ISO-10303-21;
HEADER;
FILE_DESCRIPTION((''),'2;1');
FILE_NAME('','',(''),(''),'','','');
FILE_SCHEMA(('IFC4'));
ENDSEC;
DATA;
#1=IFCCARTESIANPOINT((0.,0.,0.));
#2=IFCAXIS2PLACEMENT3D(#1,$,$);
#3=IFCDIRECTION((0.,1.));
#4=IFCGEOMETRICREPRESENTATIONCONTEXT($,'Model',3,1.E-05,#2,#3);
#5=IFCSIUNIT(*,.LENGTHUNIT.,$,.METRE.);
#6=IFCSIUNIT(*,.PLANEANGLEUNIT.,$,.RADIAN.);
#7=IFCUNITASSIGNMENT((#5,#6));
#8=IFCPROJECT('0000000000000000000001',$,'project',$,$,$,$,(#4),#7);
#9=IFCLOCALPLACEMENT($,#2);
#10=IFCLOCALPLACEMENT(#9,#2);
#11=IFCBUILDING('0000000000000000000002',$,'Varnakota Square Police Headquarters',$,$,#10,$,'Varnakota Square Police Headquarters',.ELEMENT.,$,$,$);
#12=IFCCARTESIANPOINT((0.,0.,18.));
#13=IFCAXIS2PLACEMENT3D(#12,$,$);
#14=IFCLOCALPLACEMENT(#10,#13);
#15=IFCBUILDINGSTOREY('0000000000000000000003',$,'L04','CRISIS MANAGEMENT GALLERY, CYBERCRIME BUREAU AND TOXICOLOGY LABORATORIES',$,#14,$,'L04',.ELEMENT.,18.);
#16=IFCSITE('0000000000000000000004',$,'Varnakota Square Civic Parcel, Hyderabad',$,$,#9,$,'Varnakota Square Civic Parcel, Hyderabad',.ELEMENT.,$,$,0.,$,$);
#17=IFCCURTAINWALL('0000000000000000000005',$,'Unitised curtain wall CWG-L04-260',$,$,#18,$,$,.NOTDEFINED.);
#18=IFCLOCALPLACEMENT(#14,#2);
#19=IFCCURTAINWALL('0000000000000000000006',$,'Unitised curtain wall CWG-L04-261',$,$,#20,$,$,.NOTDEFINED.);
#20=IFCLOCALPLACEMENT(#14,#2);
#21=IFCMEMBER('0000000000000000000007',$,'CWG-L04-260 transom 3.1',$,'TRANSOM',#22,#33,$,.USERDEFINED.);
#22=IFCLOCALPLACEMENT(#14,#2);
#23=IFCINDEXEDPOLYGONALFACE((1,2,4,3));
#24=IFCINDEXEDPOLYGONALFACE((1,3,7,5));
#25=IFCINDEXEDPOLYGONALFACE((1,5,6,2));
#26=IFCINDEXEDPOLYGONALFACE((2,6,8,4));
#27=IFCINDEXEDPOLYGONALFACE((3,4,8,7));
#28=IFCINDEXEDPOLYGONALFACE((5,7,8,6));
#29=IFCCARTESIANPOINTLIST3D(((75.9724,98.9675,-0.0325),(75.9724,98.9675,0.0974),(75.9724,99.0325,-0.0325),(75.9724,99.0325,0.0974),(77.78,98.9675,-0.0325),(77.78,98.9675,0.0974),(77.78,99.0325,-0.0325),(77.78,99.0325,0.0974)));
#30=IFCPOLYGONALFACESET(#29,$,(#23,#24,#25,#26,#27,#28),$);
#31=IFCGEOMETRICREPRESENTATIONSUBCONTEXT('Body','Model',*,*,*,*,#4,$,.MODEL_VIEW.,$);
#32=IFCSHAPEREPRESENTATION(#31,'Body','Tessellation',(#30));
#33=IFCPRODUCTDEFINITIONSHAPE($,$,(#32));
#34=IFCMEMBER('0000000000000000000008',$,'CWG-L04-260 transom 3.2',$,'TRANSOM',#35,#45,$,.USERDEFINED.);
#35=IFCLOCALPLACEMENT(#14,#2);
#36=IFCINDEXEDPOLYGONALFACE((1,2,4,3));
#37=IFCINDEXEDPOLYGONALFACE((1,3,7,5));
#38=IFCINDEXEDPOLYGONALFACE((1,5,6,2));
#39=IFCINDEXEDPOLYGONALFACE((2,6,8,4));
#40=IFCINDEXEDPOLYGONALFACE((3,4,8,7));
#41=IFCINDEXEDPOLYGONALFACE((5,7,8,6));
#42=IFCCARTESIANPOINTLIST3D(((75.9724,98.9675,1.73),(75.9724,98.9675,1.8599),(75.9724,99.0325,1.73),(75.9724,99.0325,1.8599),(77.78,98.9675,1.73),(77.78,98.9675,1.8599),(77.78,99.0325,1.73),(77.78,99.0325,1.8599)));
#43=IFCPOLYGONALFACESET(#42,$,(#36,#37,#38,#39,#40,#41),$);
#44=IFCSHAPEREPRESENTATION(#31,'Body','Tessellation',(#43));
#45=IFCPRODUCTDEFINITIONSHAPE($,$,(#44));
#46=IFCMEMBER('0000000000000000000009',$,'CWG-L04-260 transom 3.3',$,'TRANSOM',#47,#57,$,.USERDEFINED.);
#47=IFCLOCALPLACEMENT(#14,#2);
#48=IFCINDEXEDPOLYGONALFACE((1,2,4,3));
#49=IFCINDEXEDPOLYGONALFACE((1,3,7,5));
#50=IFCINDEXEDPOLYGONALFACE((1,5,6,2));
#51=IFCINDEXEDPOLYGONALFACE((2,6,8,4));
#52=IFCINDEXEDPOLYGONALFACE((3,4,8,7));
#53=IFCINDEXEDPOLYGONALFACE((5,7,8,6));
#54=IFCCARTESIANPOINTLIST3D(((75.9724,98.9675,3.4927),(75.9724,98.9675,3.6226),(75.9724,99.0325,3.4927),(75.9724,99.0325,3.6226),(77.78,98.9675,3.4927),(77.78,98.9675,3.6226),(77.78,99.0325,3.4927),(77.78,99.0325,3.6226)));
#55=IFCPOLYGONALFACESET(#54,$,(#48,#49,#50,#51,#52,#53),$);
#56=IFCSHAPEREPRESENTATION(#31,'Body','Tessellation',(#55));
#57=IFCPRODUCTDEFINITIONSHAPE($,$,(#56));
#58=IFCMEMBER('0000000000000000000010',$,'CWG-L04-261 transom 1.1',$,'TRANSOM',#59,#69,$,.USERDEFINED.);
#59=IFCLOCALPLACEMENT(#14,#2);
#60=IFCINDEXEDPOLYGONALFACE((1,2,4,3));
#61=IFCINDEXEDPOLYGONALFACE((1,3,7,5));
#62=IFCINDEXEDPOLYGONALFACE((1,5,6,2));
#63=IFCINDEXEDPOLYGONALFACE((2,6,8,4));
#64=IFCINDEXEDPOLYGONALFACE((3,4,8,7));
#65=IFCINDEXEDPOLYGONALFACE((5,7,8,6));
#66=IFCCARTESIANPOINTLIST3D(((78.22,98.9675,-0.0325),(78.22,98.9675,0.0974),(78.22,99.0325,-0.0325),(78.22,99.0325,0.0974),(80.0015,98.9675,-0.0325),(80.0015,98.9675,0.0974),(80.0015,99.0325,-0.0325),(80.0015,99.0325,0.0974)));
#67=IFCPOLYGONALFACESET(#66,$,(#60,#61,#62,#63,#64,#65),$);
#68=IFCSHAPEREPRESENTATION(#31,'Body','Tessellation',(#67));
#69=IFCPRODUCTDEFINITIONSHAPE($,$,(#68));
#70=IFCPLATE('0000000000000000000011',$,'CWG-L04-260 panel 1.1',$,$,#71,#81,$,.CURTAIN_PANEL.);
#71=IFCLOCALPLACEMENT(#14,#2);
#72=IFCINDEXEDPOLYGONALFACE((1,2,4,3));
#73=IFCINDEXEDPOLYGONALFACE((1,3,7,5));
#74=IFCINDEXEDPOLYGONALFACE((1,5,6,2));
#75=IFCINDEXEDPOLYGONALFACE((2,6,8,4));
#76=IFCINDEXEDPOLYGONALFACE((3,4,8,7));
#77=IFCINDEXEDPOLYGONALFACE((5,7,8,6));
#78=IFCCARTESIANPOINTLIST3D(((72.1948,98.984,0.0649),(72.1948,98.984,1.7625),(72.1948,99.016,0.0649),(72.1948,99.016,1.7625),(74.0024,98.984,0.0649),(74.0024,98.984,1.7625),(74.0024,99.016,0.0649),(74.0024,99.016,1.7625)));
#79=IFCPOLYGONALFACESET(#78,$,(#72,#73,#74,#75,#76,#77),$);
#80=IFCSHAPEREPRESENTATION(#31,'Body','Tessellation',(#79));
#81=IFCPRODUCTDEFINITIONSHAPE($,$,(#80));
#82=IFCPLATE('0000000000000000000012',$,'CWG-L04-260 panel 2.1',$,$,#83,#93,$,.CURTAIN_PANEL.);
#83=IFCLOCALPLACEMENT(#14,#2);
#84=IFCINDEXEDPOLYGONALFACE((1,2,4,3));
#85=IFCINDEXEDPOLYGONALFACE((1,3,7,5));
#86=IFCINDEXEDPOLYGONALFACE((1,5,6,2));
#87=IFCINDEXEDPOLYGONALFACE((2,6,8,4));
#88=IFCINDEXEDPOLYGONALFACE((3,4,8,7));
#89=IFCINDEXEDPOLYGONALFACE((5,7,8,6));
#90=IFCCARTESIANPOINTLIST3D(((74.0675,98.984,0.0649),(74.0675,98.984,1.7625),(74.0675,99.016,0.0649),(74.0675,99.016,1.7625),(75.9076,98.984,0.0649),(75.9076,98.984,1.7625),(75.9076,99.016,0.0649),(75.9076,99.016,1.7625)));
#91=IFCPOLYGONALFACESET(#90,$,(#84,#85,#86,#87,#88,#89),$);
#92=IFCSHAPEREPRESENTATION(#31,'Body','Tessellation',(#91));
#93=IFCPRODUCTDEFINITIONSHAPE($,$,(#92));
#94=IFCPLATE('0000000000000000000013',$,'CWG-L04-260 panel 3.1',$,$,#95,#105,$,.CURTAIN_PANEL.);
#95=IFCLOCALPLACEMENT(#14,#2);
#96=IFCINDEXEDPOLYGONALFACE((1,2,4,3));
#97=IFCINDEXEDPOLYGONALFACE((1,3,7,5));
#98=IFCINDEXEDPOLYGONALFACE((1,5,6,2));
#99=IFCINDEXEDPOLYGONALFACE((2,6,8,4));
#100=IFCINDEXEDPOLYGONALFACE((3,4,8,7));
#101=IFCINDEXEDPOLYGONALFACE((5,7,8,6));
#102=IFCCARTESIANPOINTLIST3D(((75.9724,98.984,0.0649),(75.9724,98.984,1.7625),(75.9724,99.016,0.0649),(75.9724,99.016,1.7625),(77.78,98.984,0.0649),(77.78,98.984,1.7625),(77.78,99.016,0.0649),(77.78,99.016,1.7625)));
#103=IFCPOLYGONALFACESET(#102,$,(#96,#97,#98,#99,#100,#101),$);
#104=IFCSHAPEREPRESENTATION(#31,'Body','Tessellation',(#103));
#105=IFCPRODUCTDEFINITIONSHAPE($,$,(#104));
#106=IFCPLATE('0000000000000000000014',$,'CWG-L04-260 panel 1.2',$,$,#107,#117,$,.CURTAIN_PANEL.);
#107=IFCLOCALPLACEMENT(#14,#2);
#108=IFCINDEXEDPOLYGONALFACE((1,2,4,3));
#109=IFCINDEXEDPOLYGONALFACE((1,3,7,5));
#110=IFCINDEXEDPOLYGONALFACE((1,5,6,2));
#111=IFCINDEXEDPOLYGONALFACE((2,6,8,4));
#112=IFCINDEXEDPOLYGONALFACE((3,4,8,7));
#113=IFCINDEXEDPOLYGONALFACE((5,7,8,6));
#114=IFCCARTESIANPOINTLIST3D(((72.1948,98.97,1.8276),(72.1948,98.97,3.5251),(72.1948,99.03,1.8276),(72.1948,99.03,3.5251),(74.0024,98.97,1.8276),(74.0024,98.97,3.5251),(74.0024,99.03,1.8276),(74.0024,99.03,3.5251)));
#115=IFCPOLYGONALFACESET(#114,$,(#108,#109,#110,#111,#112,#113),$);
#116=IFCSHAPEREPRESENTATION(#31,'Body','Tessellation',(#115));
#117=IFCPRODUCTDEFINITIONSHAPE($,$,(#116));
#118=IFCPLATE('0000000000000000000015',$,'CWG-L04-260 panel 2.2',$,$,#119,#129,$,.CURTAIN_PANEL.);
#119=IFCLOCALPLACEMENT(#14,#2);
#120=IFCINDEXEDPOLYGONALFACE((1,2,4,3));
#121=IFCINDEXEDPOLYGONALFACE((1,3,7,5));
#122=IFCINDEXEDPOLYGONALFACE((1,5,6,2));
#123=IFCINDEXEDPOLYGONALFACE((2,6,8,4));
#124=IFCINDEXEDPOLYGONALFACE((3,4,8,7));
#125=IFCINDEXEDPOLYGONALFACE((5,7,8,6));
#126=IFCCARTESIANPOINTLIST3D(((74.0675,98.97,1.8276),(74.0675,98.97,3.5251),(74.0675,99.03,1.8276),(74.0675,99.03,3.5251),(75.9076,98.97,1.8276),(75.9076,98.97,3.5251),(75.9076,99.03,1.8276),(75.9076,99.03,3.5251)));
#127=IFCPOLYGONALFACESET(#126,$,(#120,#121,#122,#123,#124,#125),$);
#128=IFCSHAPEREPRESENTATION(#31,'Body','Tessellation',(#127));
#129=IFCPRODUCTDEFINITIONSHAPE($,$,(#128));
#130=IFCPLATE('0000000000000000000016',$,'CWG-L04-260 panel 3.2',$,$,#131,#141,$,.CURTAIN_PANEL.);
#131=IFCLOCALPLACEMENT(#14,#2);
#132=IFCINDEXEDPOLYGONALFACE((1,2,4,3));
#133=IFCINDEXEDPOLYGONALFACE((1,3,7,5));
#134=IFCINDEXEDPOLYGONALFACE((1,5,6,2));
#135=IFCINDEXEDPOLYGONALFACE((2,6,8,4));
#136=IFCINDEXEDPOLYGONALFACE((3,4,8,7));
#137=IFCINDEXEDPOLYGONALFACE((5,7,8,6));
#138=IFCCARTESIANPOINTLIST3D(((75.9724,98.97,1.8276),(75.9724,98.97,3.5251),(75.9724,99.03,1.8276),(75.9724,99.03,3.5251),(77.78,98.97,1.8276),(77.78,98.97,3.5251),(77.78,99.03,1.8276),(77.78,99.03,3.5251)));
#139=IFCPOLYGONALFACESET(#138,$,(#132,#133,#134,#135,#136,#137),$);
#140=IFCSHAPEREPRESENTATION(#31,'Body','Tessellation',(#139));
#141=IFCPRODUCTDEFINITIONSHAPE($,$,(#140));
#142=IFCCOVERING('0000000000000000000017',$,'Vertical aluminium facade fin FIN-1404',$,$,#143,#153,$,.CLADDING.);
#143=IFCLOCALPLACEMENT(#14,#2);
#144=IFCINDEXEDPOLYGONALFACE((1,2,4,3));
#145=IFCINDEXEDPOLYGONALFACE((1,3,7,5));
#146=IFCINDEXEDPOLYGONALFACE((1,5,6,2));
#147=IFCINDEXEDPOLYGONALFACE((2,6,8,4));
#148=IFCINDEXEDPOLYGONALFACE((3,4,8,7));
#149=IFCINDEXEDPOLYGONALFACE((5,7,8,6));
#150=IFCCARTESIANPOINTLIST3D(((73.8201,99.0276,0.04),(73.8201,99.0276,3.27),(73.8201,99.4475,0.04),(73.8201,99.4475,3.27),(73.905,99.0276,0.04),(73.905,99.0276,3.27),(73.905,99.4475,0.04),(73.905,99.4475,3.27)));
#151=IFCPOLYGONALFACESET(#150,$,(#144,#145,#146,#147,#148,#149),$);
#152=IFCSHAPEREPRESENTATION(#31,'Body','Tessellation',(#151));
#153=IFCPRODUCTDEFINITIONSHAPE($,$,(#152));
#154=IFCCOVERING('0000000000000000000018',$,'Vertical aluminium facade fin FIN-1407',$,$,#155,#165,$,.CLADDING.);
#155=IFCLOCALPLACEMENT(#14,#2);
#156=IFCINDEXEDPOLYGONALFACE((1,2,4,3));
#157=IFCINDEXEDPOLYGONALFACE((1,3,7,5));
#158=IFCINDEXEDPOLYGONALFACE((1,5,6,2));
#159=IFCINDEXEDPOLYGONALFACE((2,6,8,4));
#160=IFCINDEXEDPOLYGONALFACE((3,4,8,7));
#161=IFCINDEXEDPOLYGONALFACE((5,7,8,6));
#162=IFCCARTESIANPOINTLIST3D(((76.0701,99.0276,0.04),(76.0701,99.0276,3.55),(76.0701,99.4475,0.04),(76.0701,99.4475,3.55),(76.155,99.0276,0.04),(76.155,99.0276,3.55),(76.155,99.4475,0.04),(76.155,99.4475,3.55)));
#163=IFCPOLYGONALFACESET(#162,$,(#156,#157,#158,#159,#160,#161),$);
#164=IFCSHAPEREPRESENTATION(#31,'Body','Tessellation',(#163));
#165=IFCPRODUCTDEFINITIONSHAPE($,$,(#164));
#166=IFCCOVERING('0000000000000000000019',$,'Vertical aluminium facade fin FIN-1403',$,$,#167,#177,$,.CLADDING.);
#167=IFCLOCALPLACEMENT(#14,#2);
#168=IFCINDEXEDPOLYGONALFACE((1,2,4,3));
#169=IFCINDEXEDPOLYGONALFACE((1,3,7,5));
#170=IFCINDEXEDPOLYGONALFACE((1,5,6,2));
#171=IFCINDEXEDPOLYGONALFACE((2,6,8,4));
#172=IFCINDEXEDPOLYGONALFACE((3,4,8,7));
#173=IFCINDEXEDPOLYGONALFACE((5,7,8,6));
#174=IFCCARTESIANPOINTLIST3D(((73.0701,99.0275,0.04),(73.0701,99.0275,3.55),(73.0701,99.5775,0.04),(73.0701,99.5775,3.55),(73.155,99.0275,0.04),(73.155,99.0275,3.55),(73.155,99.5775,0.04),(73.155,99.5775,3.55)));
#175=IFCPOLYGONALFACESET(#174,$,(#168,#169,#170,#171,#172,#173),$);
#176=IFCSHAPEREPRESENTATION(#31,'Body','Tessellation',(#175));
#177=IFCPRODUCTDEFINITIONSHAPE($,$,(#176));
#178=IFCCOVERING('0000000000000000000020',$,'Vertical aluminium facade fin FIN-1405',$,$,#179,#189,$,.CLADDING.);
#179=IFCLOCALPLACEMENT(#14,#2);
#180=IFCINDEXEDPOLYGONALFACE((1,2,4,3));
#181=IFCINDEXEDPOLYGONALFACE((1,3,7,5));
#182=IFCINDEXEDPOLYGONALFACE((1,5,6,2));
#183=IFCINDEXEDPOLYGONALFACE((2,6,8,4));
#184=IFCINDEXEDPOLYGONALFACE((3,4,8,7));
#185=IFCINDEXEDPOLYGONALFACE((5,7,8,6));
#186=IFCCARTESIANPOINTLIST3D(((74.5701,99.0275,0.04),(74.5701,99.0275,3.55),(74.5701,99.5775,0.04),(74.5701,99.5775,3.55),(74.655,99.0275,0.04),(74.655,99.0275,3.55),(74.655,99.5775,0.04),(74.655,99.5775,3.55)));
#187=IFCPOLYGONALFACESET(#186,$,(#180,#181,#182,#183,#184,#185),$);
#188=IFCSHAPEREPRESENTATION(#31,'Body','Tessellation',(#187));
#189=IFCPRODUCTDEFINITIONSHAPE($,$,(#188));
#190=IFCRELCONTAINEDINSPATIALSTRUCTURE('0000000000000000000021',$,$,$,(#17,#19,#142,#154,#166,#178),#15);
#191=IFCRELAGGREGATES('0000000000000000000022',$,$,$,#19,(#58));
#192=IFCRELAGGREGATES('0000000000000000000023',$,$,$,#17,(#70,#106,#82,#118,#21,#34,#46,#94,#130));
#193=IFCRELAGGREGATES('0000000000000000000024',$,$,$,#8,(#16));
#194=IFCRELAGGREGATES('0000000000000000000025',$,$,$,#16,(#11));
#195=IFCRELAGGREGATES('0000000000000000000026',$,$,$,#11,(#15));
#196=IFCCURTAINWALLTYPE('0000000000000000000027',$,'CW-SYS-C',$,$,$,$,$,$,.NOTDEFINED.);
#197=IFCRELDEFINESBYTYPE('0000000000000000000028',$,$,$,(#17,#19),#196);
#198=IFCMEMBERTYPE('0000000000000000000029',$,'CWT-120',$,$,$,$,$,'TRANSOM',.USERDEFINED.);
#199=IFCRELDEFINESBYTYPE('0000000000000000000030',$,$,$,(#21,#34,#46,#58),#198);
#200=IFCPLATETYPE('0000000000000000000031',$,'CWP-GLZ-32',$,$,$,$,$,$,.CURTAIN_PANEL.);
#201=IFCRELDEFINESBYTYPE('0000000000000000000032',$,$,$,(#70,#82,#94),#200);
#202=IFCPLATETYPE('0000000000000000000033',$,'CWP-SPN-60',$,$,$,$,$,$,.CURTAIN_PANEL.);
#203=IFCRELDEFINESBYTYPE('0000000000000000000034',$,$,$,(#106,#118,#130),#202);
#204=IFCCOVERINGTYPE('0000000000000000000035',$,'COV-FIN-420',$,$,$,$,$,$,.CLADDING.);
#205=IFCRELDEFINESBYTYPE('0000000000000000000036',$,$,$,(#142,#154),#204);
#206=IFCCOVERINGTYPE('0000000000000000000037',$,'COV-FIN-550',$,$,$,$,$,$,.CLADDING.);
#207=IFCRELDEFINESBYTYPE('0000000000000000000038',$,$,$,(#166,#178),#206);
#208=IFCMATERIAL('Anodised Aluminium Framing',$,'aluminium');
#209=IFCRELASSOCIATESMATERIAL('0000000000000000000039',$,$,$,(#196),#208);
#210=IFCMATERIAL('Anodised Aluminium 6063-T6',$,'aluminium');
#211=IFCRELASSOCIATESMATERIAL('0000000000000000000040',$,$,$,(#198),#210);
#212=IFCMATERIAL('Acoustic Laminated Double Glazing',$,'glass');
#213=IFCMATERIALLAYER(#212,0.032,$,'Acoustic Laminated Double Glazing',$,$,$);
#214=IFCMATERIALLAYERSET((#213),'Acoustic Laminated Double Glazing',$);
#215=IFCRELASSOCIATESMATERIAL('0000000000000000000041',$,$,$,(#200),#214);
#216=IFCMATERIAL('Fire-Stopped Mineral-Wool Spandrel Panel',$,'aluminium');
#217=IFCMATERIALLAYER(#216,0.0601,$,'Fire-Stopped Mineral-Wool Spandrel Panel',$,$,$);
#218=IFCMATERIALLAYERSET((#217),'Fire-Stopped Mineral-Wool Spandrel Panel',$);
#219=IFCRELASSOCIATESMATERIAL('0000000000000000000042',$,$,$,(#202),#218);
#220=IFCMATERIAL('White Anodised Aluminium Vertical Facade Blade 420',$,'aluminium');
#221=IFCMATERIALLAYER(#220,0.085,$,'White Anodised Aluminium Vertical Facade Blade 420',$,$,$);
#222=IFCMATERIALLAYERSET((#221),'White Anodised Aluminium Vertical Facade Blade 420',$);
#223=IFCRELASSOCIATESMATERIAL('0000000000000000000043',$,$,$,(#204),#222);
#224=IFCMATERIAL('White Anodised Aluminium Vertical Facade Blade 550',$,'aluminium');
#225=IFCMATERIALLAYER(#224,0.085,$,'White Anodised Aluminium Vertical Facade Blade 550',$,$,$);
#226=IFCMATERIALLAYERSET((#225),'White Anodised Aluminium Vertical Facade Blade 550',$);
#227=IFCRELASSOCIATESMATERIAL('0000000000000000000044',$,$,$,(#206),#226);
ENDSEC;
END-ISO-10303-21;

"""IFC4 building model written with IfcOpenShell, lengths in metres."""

from ifc_helpers import new_model, si_unit, direction, frame, origin, origin_2d, place, context, subcontext, project, spatial, rectangle, extrude, material, layer, layer_set, material_profile, profile_set, type_object, element, aggregate, save


model = new_model("IFC4")

# Units and contexts
model_context = context("Model", 3, precision=1e-05, world=origin(), true_north=direction((0.0, 1.0)))
body_context = subcontext(model_context, "Body", "Model", "MODEL_VIEW")
ifc_project = project(units=[si_unit("LENGTHUNIT", "METRE"), si_unit("PLANEANGLEUNIT", "RADIAN")], contexts=[model_context])

# Site, building, storey
site_placement = place(None, origin())
site = spatial("IfcSite", under=ifc_project, at=site_placement, Name="Varnakota Square Civic Parcel, Hyderabad", LongName="Varnakota Square Civic Parcel, Hyderabad", CompositionType="ELEMENT", RefElevation=0.0)
building_placement = place(site_placement, origin())
building = spatial("IfcBuilding", under=site, at=building_placement, Name="Varnakota Square Police Headquarters", LongName="Varnakota Square Police Headquarters", CompositionType="ELEMENT")
storey_placement = place(building_placement, frame((0.0, 0.0, 18.0)))
storey = spatial("IfcBuildingStorey", under=building, at=storey_placement, Name="L04", Description="CRISIS MANAGEMENT GALLERY, CYBERCRIME BUREAU AND TOXICOLOGY LABORATORIES", LongName="L04", CompositionType="ELEMENT", Elevation=18.0)

# Curtain wall
ifc_material_1 = material(Name="Anodised Aluminium Framing", Category="aluminium")
curtain_wall_type = type_object("IfcCurtainWallType", Name="CW-SYS-C", PredefinedType="NOTDEFINED", material=ifc_material_1)
curtain_wall_1_placement = place(storey_placement, origin())
curtain_wall_1 = element("IfcCurtainWall", 1, at=curtain_wall_1_placement, inside=storey, type_object=curtain_wall_type, Name="Unitised curtain wall CWG-L04-260", PredefinedType="NOTDEFINED")
ifc_material_2 = material(Name="Anodised Aluminium 6063-T6", Category="aluminium")

# Curtain wall
curtain_wall_2_placement = place(storey_placement, origin())
curtain_wall_2 = element("IfcCurtainWall", 2, at=curtain_wall_2_placement, inside=storey, type_object=curtain_wall_type, Name="Unitised curtain wall CWG-L04-261", PredefinedType="NOTDEFINED")

# Members
ifc_material_profile_1 = material_profile(ifc_material_2, rectangle(XDim=0.0649, YDim=0.1299, at=origin_2d()), Name="ALU TRANSOM 65x130")
ifc_profile_set_1 = profile_set([ifc_material_profile_1], Name="Anodised Aluminium 6063-T6")
member_type_1 = type_object("IfcMemberType", Name="CWT-120", ElementType="TRANSOM", PredefinedType="USERDEFINED", material=ifc_profile_set_1)
member_1_placement = place(storey_placement, frame((75.9724, 99.0, 0.0325), z_axis=(1.0, 0.0, 0.0), x_axis=(0.0, 1.0, 0.0)))
member_1 = element("IfcMember", 3, at=member_1_placement, type_object=member_type_1, Name="CWG-L04-260 transom 3.1", ObjectType="TRANSOM", PredefinedType="USERDEFINED", context=body_context, shape_type="SweptSolid", body=[
    extrude(rectangle(XDim=0.0649, YDim=0.1299, at=origin_2d()), origin(), (0.0, 0.0, 1.0), 1.8076),
])
member_2_placement = place(storey_placement, frame((75.9724, 99.0, 1.7949), z_axis=(1.0, 0.0, 0.0), x_axis=(0.0, 1.0, 0.0)))
member_2 = element("IfcMember", 4, at=member_2_placement, type_object=member_type_1, Name="CWG-L04-260 transom 3.2", ObjectType="TRANSOM", PredefinedType="USERDEFINED", context=body_context, shape_type="SweptSolid", body=[
    extrude(rectangle(XDim=0.0649, YDim=0.1299, at=origin_2d()), origin(), (0.0, 0.0, 1.0), 1.8076),
])
member_3_placement = place(storey_placement, frame((75.9724, 99.0, 3.5576), z_axis=(1.0, 0.0, 0.0), x_axis=(0.0, 1.0, 0.0)))
member_3 = element("IfcMember", 5, at=member_3_placement, type_object=member_type_1, Name="CWG-L04-260 transom 3.3", ObjectType="TRANSOM", PredefinedType="USERDEFINED", context=body_context, shape_type="SweptSolid", body=[
    extrude(rectangle(XDim=0.0649, YDim=0.1299, at=origin_2d()), origin(), (0.0, 0.0, 1.0), 1.8076),
])
member_4_placement = place(storey_placement, frame((78.22, 99.0, 0.0325), z_axis=(1.0, 0.0, 0.0), x_axis=(0.0, 1.0, 0.0)))
member_4 = element("IfcMember", 6, at=member_4_placement, type_object=member_type_1, Name="CWG-L04-261 transom 1.1", ObjectType="TRANSOM", PredefinedType="USERDEFINED", context=body_context, shape_type="SweptSolid", body=[
    extrude(rectangle(XDim=0.0649, YDim=0.1299, at=origin_2d()), origin(), (0.0, 0.0, 1.0), 1.7815),
])
aggregate(curtain_wall_2, [member_4])

# Plates
ifc_material_3 = material(Name="Acoustic Laminated Double Glazing", Category="glass")
ifc_layer_1 = layer(ifc_material_3, 0.032, Name="Acoustic Laminated Double Glazing")
ifc_layer_set_1 = layer_set([ifc_layer_1], Name="Acoustic Laminated Double Glazing")
plate_type_1 = type_object("IfcPlateType", Name="CWP-GLZ-32", PredefinedType="CURTAIN_PANEL", material=ifc_layer_set_1)
plate_1_placement = place(storey_placement, frame((73.0986, 99.0, 0.0649), z_axis=(0.0, 0.0, 1.0), x_axis=(1.0, 0.0, 0.0)))
plate_1 = element("IfcPlate", 7, at=plate_1_placement, type_object=plate_type_1, Name="CWG-L04-260 panel 1.1", PredefinedType="CURTAIN_PANEL", context=body_context, shape_type="SweptSolid", body=[
    extrude(rectangle(XDim=1.8076, YDim=0.032, at=origin_2d()), origin(), (0.0, 0.0, 1.0), 1.6975),
])
plate_2_placement = place(storey_placement, frame((74.9875, 99.0, 0.0649), z_axis=(0.0, 0.0, 1.0), x_axis=(1.0, 0.0, 0.0)))
plate_2 = element("IfcPlate", 8, at=plate_2_placement, type_object=plate_type_1, Name="CWG-L04-260 panel 2.1", PredefinedType="CURTAIN_PANEL", context=body_context, shape_type="SweptSolid", body=[
    extrude(rectangle(XDim=1.8401, YDim=0.032, at=origin_2d()), origin(), (0.0, 0.0, 1.0), 1.6975),
])
plate_3_placement = place(storey_placement, frame((76.8762, 99.0, 0.0649), z_axis=(0.0, 0.0, 1.0), x_axis=(1.0, 0.0, 0.0)))
plate_3 = element("IfcPlate", 9, at=plate_3_placement, type_object=plate_type_1, Name="CWG-L04-260 panel 3.1", PredefinedType="CURTAIN_PANEL", context=body_context, shape_type="SweptSolid", body=[
    extrude(rectangle(XDim=1.8076, YDim=0.032, at=origin_2d()), origin(), (0.0, 0.0, 1.0), 1.6975),
])
ifc_material_4 = material(Name="Fire-Stopped Mineral-Wool Spandrel Panel", Category="aluminium")
ifc_layer_2 = layer(ifc_material_4, 0.0601, Name="Fire-Stopped Mineral-Wool Spandrel Panel")
ifc_layer_set_2 = layer_set([ifc_layer_2], Name="Fire-Stopped Mineral-Wool Spandrel Panel")
plate_type_2 = type_object("IfcPlateType", Name="CWP-SPN-60", PredefinedType="CURTAIN_PANEL", material=ifc_layer_set_2)
plate_4_placement = place(storey_placement, frame((73.0986, 99.0, 1.8276), z_axis=(0.0, 0.0, 1.0), x_axis=(1.0, 0.0, 0.0)))
plate_4 = element("IfcPlate", 10, at=plate_4_placement, type_object=plate_type_2, Name="CWG-L04-260 panel 1.2", PredefinedType="CURTAIN_PANEL", context=body_context, shape_type="SweptSolid", body=[
    extrude(rectangle(XDim=1.8076, YDim=0.0601, at=origin_2d()), origin(), (0.0, 0.0, 1.0), 1.6975),
])
plate_5_placement = place(storey_placement, frame((74.9875, 99.0, 1.8276), z_axis=(0.0, 0.0, 1.0), x_axis=(1.0, 0.0, 0.0)))
plate_5 = element("IfcPlate", 11, at=plate_5_placement, type_object=plate_type_2, Name="CWG-L04-260 panel 2.2", PredefinedType="CURTAIN_PANEL", context=body_context, shape_type="SweptSolid", body=[
    extrude(rectangle(XDim=1.8401, YDim=0.0601, at=origin_2d()), origin(), (0.0, 0.0, 1.0), 1.6975),
])
plate_6_placement = place(storey_placement, frame((76.8762, 99.0, 1.8276), z_axis=(0.0, 0.0, 1.0), x_axis=(1.0, 0.0, 0.0)))
plate_6 = element("IfcPlate", 12, at=plate_6_placement, type_object=plate_type_2, Name="CWG-L04-260 panel 3.2", PredefinedType="CURTAIN_PANEL", context=body_context, shape_type="SweptSolid", body=[
    extrude(rectangle(XDim=1.8076, YDim=0.0601, at=origin_2d()), origin(), (0.0, 0.0, 1.0), 1.6975),
])
aggregate(curtain_wall_1, [plate_1, plate_4, plate_2, plate_5, member_1, member_2, member_3, plate_3, plate_6])

# Coverings
ifc_material_5 = material(Name="White Anodised Aluminium Vertical Facade Blade 420", Category="aluminium")
ifc_layer_3 = layer(ifc_material_5, 0.085, Name="White Anodised Aluminium Vertical Facade Blade 420")
ifc_layer_set_3 = layer_set([ifc_layer_3], Name="White Anodised Aluminium Vertical Facade Blade 420")
covering_type_1 = type_object("IfcCoveringType", Name="COV-FIN-420", PredefinedType="CLADDING", material=ifc_layer_set_3)
covering_1_placement = place(storey_placement, frame((73.8625, 99.2375, 0.04), z_axis=(0.0, 0.0, 1.0), x_axis=(1.0, 0.0, 0.0)))
element("IfcCovering", 13, at=covering_1_placement, inside=storey, type_object=covering_type_1, Name="Vertical aluminium facade fin FIN-1404", PredefinedType="CLADDING", context=body_context, shape_type="SweptSolid", body=[
    extrude(rectangle(XDim=0.085, YDim=0.4199, at=origin_2d()), origin(), (0.0, 0.0, 1.0), 3.23),
])
covering_2_placement = place(storey_placement, frame((76.1125, 99.2375, 0.04), z_axis=(0.0, 0.0, 1.0), x_axis=(1.0, 0.0, 0.0)))
element("IfcCovering", 14, at=covering_2_placement, inside=storey, type_object=covering_type_1, Name="Vertical aluminium facade fin FIN-1407", PredefinedType="CLADDING", context=body_context, shape_type="SweptSolid", body=[
    extrude(rectangle(XDim=0.085, YDim=0.4199, at=origin_2d()), origin(), (0.0, 0.0, 1.0), 3.51),
])
ifc_material_6 = material(Name="White Anodised Aluminium Vertical Facade Blade 550", Category="aluminium")
ifc_layer_4 = layer(ifc_material_6, 0.085, Name="White Anodised Aluminium Vertical Facade Blade 550")
ifc_layer_set_4 = layer_set([ifc_layer_4], Name="White Anodised Aluminium Vertical Facade Blade 550")
covering_type_2 = type_object("IfcCoveringType", Name="COV-FIN-550", PredefinedType="CLADDING", material=ifc_layer_set_4)
for number, where, z_axis, x_axis, name in (
    (15, (73.1125, 99.3025, 0.04), (0.0, 0.0, 1.0), (1.0, 0.0, 0.0), "Vertical aluminium facade fin FIN-1403"),
    (16, (74.6125, 99.3025, 0.04), (0.0, 0.0, 1.0), (1.0, 0.0, 0.0), "Vertical aluminium facade fin FIN-1405"),
):
    element("IfcCovering", number, at=place(storey_placement, frame(where, z_axis=z_axis, x_axis=x_axis)), inside=storey, type_object=covering_type_2, Name=name, PredefinedType="CLADDING", context=body_context, shape_type="SweptSolid", body=[
        extrude(rectangle(XDim=0.085, YDim=0.55, at=origin_2d()), origin(), (0.0, 0.0, 1.0), 3.51),
    ])

save(model, "model.ifc")
